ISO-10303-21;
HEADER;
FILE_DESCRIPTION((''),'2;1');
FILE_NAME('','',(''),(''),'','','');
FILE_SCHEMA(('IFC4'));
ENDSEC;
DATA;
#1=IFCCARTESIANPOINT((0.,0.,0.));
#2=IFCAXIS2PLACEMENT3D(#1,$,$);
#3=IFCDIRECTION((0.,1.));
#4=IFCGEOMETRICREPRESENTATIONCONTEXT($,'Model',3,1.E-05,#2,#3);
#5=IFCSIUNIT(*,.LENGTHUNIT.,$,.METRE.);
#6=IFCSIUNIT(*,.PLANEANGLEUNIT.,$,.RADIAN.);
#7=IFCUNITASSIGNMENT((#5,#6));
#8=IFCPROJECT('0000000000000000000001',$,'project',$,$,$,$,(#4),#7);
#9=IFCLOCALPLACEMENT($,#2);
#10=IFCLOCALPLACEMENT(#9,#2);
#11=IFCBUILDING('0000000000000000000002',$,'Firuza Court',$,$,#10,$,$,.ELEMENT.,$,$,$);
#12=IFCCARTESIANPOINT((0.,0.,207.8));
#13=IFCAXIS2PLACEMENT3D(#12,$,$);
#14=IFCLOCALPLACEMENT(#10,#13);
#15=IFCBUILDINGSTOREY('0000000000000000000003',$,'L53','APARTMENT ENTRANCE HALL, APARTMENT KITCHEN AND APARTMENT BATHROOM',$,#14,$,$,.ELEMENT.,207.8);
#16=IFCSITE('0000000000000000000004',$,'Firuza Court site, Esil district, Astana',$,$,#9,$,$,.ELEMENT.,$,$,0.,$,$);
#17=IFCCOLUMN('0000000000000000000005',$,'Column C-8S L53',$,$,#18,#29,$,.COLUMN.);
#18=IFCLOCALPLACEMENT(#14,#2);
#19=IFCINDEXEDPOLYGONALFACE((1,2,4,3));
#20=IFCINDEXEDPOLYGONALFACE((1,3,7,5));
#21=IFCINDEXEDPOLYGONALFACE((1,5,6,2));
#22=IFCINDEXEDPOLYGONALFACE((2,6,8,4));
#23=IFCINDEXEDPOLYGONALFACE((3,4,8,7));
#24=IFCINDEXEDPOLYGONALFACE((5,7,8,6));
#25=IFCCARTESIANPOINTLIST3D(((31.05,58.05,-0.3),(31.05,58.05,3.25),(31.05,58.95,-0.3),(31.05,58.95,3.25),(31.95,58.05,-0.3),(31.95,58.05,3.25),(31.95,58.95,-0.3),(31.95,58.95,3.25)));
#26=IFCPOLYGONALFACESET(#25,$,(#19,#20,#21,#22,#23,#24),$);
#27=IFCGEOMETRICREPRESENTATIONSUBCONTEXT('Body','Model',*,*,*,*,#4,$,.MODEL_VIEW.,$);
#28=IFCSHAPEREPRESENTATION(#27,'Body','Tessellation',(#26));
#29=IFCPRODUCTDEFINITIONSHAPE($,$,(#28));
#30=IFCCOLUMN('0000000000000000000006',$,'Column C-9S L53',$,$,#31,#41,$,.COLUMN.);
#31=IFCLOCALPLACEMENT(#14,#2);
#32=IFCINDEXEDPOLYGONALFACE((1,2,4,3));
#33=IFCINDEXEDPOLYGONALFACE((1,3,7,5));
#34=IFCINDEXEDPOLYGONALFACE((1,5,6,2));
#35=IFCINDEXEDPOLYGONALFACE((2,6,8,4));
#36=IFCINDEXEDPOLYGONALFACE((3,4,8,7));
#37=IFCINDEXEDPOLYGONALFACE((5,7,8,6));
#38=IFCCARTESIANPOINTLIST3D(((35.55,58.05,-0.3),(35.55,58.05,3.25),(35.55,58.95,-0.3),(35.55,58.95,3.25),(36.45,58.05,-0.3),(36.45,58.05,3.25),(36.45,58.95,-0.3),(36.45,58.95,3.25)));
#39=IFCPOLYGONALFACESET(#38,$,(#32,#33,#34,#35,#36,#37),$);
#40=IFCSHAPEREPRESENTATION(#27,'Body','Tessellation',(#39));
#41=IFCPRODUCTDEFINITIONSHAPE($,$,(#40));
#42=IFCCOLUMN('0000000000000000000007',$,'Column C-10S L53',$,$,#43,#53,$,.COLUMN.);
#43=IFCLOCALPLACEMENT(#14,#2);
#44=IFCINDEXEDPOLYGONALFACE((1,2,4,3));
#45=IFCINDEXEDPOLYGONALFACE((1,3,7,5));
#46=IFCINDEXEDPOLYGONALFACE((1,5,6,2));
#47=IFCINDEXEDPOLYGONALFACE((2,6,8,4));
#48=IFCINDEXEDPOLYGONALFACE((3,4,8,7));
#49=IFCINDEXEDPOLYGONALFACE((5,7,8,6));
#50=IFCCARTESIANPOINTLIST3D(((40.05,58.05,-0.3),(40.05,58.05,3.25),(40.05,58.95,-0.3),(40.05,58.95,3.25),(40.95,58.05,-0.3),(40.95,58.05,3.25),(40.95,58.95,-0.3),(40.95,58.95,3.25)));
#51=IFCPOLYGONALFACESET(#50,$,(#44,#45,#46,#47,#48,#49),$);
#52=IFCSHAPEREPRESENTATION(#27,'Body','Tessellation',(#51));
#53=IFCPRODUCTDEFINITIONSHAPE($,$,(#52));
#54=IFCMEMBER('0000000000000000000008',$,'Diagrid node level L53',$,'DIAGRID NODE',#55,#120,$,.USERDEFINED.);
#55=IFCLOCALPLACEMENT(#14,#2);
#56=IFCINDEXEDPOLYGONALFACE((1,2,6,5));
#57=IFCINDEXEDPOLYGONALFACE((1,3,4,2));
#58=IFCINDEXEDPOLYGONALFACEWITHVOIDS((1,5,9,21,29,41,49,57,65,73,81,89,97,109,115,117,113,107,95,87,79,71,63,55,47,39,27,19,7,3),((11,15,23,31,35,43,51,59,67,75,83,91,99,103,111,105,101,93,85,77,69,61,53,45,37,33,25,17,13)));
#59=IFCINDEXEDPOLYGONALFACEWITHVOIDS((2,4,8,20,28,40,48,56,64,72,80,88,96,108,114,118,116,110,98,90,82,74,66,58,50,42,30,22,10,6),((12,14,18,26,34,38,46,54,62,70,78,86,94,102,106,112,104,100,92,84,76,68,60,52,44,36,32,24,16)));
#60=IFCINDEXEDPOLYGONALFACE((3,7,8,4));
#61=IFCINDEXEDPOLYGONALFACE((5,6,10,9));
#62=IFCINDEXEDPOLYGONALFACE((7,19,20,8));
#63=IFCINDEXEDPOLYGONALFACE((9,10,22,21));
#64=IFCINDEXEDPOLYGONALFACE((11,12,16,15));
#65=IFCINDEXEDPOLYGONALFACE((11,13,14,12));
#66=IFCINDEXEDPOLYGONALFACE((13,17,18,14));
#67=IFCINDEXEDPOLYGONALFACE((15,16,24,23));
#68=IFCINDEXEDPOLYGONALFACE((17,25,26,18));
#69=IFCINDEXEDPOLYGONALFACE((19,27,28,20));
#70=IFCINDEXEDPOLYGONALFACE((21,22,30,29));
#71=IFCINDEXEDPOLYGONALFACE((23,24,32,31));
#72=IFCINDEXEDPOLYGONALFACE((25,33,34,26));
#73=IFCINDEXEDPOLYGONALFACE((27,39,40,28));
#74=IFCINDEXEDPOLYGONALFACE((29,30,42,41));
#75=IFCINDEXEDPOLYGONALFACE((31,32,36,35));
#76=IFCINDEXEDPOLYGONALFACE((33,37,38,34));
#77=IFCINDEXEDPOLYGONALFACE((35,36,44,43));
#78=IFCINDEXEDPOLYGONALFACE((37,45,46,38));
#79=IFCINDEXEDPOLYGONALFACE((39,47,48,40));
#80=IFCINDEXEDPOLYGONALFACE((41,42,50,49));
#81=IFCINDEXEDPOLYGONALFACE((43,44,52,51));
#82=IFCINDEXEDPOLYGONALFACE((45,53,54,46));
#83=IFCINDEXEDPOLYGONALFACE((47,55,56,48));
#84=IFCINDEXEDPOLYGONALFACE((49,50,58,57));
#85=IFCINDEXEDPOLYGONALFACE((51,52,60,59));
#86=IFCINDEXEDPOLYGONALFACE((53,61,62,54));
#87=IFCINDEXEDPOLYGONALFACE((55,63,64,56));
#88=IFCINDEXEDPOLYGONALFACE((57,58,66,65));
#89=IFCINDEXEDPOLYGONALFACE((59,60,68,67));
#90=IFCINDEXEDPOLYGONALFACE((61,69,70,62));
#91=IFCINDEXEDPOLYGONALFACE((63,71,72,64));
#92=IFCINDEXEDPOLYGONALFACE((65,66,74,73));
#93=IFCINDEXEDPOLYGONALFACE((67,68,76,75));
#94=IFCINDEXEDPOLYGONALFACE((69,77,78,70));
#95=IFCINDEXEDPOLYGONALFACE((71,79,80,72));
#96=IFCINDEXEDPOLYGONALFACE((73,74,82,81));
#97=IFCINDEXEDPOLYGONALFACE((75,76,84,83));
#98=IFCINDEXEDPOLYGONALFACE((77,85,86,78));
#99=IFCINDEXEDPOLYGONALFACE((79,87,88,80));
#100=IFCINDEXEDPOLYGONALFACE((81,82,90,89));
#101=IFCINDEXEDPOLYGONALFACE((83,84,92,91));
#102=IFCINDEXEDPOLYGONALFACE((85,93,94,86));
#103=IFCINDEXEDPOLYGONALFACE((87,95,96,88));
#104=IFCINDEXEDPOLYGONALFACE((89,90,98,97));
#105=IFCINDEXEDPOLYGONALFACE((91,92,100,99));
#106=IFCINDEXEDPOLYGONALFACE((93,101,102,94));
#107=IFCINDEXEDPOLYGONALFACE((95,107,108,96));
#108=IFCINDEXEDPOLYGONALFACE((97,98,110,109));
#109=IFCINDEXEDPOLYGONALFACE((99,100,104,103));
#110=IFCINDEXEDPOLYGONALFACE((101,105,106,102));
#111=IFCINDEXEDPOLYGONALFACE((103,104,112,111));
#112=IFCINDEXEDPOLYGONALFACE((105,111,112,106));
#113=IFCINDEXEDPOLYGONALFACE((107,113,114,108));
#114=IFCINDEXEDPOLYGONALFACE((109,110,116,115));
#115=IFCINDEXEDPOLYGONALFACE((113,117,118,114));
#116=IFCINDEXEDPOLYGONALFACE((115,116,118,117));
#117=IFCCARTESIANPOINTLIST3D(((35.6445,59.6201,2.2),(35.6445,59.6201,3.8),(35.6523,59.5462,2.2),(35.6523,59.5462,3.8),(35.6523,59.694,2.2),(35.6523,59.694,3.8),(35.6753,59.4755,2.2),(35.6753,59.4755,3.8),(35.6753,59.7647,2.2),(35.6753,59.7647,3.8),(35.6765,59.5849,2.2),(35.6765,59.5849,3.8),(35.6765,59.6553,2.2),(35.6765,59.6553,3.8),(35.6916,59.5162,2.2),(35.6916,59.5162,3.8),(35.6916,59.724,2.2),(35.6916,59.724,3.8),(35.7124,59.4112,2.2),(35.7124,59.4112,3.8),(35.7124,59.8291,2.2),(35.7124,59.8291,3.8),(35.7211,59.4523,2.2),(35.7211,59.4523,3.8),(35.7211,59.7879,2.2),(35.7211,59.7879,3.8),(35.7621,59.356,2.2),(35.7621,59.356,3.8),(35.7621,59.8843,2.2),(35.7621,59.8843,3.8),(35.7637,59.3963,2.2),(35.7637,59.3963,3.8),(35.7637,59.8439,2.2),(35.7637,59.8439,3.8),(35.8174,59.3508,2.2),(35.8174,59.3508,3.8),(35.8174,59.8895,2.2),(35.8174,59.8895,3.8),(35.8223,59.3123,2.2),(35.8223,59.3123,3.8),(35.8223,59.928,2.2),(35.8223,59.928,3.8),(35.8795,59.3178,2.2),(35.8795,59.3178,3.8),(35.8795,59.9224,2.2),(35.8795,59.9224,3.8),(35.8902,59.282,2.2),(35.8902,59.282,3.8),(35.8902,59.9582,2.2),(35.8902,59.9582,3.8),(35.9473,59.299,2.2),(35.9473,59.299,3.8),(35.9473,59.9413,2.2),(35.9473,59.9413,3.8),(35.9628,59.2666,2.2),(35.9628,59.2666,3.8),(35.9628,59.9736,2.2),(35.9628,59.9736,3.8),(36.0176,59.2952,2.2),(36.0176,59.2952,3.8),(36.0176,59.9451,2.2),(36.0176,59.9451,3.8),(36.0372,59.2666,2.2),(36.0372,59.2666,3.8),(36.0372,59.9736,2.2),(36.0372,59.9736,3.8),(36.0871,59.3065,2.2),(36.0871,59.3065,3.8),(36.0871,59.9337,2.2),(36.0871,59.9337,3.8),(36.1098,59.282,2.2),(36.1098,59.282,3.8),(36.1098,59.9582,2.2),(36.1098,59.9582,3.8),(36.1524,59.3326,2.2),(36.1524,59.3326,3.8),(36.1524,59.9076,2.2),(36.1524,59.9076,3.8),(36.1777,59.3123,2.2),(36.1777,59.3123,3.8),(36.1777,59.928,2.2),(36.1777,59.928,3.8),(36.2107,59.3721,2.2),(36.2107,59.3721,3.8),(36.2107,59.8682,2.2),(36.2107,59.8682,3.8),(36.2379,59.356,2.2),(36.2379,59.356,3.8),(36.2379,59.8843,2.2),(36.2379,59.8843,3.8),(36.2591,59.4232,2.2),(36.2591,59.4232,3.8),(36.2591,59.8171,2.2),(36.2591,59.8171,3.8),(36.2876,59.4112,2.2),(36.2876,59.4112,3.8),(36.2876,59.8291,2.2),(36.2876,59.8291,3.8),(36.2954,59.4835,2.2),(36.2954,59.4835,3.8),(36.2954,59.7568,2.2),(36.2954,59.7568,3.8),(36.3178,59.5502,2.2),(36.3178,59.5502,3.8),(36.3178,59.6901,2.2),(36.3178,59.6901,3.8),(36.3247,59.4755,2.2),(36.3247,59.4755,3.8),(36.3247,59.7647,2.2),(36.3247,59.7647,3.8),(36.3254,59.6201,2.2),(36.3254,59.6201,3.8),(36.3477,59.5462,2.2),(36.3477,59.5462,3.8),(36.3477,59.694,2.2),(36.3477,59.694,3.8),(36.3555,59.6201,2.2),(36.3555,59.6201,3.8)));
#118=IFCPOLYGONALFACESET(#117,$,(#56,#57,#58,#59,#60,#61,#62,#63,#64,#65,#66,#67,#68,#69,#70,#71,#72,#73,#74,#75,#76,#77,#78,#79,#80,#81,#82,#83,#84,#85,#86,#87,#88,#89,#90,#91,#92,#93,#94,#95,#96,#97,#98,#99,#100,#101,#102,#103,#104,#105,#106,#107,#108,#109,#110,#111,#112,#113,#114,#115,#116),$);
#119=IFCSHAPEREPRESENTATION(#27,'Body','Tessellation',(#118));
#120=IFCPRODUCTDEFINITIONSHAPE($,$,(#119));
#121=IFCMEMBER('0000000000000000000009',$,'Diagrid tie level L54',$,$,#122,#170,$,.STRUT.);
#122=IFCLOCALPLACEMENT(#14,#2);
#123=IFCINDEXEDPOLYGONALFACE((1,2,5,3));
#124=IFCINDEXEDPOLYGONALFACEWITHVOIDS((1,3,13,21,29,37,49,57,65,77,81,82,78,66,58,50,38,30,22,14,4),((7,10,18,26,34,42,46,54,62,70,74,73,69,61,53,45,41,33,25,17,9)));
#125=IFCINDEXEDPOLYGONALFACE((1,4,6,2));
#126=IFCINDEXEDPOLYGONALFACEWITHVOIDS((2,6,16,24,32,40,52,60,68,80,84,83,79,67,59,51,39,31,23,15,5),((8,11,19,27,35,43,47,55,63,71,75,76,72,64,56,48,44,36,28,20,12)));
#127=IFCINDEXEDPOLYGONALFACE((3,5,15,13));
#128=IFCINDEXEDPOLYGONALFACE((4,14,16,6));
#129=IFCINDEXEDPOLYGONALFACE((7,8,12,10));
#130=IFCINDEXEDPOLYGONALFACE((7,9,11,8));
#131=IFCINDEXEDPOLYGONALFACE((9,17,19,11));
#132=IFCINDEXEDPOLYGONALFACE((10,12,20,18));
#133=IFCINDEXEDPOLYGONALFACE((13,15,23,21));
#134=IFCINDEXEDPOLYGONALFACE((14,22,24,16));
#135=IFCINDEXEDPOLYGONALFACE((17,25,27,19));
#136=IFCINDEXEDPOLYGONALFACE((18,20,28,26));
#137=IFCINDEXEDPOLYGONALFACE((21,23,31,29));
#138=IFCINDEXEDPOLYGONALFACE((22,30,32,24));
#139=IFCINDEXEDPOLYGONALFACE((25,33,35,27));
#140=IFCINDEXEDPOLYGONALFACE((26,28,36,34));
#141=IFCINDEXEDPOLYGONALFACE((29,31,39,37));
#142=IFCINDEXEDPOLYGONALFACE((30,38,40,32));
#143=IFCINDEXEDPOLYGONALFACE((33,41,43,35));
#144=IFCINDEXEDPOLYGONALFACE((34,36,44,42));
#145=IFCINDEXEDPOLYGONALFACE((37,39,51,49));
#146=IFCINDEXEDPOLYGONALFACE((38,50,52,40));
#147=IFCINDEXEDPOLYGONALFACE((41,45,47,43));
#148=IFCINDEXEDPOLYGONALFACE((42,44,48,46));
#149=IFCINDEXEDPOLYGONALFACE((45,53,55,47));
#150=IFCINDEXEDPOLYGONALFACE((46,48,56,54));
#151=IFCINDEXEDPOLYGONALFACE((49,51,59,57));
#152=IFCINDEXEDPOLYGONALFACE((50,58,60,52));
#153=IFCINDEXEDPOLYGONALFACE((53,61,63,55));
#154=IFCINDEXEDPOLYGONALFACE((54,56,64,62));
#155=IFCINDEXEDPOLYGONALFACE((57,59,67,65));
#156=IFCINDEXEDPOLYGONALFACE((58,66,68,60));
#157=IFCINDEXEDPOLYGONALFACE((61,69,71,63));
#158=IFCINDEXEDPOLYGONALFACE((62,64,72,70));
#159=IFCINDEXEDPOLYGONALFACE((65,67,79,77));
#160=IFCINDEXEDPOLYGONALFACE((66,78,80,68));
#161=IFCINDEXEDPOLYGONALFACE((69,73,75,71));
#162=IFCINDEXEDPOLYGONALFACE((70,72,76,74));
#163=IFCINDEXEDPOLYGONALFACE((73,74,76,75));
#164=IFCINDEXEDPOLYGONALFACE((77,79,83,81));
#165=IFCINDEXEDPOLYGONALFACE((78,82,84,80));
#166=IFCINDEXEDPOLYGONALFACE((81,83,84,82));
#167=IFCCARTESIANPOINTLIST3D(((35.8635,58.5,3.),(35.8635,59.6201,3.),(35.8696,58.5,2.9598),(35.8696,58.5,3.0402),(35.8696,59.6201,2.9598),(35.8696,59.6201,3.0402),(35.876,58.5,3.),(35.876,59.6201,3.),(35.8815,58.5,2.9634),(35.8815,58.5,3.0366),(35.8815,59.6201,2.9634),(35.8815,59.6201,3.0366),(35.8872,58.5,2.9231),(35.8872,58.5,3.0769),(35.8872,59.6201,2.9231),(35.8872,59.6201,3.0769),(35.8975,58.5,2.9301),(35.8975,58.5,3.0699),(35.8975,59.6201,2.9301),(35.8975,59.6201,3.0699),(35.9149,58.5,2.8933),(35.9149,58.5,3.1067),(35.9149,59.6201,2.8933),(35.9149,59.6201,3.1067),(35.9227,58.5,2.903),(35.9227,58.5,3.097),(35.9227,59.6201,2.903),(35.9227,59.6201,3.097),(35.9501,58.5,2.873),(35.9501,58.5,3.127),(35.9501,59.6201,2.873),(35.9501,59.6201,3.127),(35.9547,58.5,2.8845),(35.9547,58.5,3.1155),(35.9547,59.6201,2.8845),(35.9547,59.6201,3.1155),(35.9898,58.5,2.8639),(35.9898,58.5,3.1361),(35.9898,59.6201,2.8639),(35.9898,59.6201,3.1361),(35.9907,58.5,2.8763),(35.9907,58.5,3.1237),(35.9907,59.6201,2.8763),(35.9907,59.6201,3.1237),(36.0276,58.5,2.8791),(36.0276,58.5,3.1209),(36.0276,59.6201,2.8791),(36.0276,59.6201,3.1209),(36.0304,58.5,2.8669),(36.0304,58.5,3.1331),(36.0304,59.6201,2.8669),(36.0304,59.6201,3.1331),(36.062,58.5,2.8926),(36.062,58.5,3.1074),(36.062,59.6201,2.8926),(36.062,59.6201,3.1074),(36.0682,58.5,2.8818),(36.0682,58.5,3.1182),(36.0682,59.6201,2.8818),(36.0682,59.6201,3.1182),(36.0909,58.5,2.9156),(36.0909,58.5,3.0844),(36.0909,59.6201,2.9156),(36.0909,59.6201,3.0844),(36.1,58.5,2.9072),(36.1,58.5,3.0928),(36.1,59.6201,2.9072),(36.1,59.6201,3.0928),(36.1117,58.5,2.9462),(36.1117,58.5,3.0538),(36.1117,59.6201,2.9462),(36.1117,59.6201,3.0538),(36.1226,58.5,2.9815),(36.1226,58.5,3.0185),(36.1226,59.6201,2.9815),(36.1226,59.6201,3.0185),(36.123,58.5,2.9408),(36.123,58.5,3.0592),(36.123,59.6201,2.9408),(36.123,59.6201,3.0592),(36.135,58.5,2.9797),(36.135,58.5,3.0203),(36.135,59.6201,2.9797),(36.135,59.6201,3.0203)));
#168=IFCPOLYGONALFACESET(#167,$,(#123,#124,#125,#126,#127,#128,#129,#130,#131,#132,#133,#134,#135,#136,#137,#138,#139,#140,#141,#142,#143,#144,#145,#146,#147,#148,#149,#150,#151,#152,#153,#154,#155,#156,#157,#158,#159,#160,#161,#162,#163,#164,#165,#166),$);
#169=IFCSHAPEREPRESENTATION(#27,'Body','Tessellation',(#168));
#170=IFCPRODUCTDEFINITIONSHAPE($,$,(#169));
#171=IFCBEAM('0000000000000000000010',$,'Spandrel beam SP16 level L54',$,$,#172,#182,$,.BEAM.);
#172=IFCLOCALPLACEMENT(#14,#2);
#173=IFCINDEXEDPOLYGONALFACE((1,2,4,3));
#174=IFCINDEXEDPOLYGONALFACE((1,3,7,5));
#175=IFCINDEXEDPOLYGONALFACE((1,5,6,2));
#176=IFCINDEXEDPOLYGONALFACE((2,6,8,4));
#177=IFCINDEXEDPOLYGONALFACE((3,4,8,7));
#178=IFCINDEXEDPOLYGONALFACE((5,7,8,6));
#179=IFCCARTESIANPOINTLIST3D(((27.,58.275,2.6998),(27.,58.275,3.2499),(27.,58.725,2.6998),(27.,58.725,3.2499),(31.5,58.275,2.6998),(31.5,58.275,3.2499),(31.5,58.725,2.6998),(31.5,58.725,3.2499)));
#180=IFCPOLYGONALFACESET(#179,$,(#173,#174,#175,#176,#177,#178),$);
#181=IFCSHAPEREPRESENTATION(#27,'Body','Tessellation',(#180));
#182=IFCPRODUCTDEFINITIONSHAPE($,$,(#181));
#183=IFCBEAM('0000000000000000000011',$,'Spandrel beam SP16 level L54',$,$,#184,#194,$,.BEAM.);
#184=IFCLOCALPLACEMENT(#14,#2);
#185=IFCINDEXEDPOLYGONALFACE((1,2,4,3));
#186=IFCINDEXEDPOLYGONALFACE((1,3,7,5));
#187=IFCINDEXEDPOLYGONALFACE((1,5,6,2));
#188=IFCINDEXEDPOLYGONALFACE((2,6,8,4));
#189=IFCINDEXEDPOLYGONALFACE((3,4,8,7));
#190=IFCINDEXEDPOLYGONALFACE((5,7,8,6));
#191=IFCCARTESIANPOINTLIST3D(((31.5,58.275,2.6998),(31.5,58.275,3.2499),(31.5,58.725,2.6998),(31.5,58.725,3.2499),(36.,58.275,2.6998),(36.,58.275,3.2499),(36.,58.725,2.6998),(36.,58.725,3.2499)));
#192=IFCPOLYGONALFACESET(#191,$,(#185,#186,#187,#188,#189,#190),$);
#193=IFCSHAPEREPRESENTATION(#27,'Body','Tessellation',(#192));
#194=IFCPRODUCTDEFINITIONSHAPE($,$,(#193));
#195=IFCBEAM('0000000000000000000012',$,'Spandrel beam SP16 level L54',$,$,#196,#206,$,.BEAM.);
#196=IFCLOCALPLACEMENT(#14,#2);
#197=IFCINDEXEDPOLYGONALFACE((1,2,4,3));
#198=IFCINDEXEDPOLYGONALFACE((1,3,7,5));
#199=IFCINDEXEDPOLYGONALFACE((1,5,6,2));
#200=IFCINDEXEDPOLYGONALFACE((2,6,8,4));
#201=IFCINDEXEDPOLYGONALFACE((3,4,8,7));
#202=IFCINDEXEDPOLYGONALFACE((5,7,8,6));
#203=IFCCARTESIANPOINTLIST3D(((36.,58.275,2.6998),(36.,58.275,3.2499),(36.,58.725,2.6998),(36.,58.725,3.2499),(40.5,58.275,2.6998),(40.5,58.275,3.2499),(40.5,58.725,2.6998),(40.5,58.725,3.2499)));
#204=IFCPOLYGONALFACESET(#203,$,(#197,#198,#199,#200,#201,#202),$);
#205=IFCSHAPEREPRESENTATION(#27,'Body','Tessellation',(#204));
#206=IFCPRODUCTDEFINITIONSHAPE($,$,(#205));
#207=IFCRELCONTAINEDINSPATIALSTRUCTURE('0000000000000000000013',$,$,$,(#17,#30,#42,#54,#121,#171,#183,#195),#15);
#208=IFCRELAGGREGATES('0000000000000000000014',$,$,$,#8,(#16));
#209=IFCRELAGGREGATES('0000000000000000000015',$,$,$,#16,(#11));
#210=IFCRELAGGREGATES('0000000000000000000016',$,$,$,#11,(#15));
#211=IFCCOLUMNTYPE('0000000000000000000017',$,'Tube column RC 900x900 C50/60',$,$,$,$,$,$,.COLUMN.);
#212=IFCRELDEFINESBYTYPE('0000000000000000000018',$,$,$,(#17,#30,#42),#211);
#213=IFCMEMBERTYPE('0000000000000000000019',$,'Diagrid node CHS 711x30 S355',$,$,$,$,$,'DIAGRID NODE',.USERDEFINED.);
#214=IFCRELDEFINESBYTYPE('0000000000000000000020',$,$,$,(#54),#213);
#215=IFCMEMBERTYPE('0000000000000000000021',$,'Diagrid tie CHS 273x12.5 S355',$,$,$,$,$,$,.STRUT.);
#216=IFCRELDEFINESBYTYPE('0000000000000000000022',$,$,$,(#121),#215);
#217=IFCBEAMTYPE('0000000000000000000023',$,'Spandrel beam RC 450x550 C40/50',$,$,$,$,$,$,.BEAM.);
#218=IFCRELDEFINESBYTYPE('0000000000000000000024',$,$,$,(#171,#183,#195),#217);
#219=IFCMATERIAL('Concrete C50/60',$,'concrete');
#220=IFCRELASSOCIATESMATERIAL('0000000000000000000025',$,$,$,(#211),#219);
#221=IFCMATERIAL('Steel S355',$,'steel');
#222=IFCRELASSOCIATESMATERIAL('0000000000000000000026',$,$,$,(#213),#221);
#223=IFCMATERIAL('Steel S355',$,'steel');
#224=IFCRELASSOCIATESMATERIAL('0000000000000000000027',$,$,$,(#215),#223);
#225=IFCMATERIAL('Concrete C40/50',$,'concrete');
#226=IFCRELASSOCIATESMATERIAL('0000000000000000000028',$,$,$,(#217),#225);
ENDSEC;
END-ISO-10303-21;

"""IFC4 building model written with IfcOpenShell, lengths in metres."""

from ifc_helpers import new_model, si_unit, direction, frame, origin, origin_2d, place, context, subcontext, project, spatial, rectangle, hollow_circle, extrude, material, material_profile, profile_set, type_object, element, save


model = new_model("IFC4")

# Units and contexts
model_context = context("Model", 3, precision=1e-05, world=origin(), true_north=direction((0.0, 1.0)))
body_context = subcontext(model_context, "Body", "Model", "MODEL_VIEW")
ifc_project = project(units=[si_unit("LENGTHUNIT", "METRE"), si_unit("PLANEANGLEUNIT", "RADIAN")], contexts=[model_context])

# Site, building, storey
site_placement = place(None, origin())
site = spatial("IfcSite", under=ifc_project, at=site_placement, Name="Firuza Court site, Esil district, Astana", CompositionType="ELEMENT", RefElevation=0.0)
building_placement = place(site_placement, origin())
building = spatial("IfcBuilding", under=site, at=building_placement, Name="Firuza Court", CompositionType="ELEMENT")
storey_placement = place(building_placement, frame((0.0, 0.0, 207.8)))
storey = spatial("IfcBuildingStorey", under=building, at=storey_placement, Name="L53", Description="APARTMENT ENTRANCE HALL, APARTMENT KITCHEN AND APARTMENT BATHROOM", CompositionType="ELEMENT", Elevation=207.8)

# Columns
ifc_material_1 = material(Name="Concrete C50/60", Category="concrete")
ifc_material_profile_1 = material_profile(ifc_material_1, rectangle(XDim=0.8999, YDim=0.8999, at=origin_2d()), Name="RC 900x900")
ifc_profile_set_1 = profile_set([ifc_material_profile_1], Name="Concrete C50/60")
column_type = type_object("IfcColumnType", Name="Tube column RC 900x900 C50/60", PredefinedType="COLUMN", material=ifc_profile_set_1)
for number, where, z_axis, x_axis, name in (
    (1, (31.5, 58.5, -0.3), (0.0, 0.0, 1.0), (1.0, 0.0, 0.0), "Column C-8S L53"),
    (2, (36.0, 58.5, -0.3), (0.0, 0.0, 1.0), (1.0, 0.0, 0.0), "Column C-9S L53"),
    (3, (40.5, 58.5, -0.3), (0.0, 0.0, 1.0), (1.0, 0.0, 0.0), "Column C-10S L53"),
):
    element("IfcColumn", number, at=place(storey_placement, frame(where, z_axis=z_axis, x_axis=x_axis)), inside=storey, type_object=column_type, Name=name, PredefinedType="COLUMN", context=body_context, shape_type="SweptSolid", body=[
        extrude(rectangle(XDim=0.8999, YDim=0.8999, at=origin_2d()), origin(), (0.0, 0.0, 1.0), 3.55),
    ])

# Members
ifc_material_2 = material(Name="Steel S355", Category="steel")
ifc_material_profile_2 = material_profile(ifc_material_2, hollow_circle(Radius=0.3555, WallThickness=0.03, at=origin_2d()), Name="CHS 711x30")
ifc_profile_set_2 = profile_set([ifc_material_profile_2], Name="Steel S355")
member_type_1 = type_object("IfcMemberType", Name="Diagrid node CHS 711x30 S355", ElementType="DIAGRID NODE", PredefinedType="USERDEFINED", material=ifc_profile_set_2)
member_1_placement = place(storey_placement, frame((36.0, 59.6201, 2.2), z_axis=(0.0, 0.0, 1.0), x_axis=(1.0, 0.0, 0.0)))
element("IfcMember", 4, at=member_1_placement, inside=storey, type_object=member_type_1, Name="Diagrid node level L53", ObjectType="DIAGRID NODE", PredefinedType="USERDEFINED", context=body_context, shape_type="SweptSolid", body=[
    extrude(hollow_circle(Radius=0.3555, WallThickness=0.03, at=origin_2d()), origin(), (0.0, 0.0, 1.0), 1.6001),
])
ifc_material_3 = material(Name="Steel S355", Category="steel")
ifc_material_profile_3 = material_profile(ifc_material_3, hollow_circle(Radius=0.1365, WallThickness=0.0125, at=origin_2d()), Name="CHS 273x12.5")
ifc_profile_set_3 = profile_set([ifc_material_profile_3], Name="Steel S355")
member_type_2 = type_object("IfcMemberType", Name="Diagrid tie CHS 273x12.5 S355", PredefinedType="STRUT", material=ifc_profile_set_3)
member_2_placement = place(storey_placement, frame((36.0, 58.5, 3.0), z_axis=(0.0, 1.0, 0.0), x_axis=(-1.0, 0.0, 0.0)))
element("IfcMember", 5, at=member_2_placement, inside=storey, type_object=member_type_2, Name="Diagrid tie level L54", PredefinedType="STRUT", context=body_context, shape_type="SweptSolid", body=[
    extrude(hollow_circle(Radius=0.1365, WallThickness=0.0125, at=origin_2d()), origin(), (0.0, 0.0, 1.0), 1.1201),
])

# Beams
ifc_material_4 = material(Name="Concrete C40/50", Category="concrete")
ifc_material_profile_4 = material_profile(ifc_material_4, rectangle(XDim=0.45, YDim=0.55, at=origin_2d()), Name="RC 450x550")
ifc_profile_set_4 = profile_set([ifc_material_profile_4], Name="Concrete C40/50")
beam_type = type_object("IfcBeamType", Name="Spandrel beam RC 450x550 C40/50", PredefinedType="BEAM", material=ifc_profile_set_4)
for number, where, z_axis, x_axis, name in (
    (6, (31.5, 58.5, 2.9749), (-1.0, 0.0, 0.0), (0.0, -1.0, 0.0), "Spandrel beam SP16 level L54"),
    (7, (36.0, 58.5, 2.9749), (-1.0, 0.0, 0.0), (0.0, -1.0, 0.0), "Spandrel beam SP16 level L54"),
    (8, (40.5, 58.5, 2.9749), (-1.0, 0.0, 0.0), (0.0, -1.0, 0.0), "Spandrel beam SP16 level L54"),
):
    element("IfcBeam", number, at=place(storey_placement, frame(where, z_axis=z_axis, x_axis=x_axis)), inside=storey, type_object=beam_type, Name=name, PredefinedType="BEAM", context=body_context, shape_type="SweptSolid", body=[
        extrude(rectangle(XDim=0.45, YDim=0.55, at=origin_2d()), origin(), (0.0, 0.0, 1.0), 4.5),
    ])

save(model, "model.ifc")
